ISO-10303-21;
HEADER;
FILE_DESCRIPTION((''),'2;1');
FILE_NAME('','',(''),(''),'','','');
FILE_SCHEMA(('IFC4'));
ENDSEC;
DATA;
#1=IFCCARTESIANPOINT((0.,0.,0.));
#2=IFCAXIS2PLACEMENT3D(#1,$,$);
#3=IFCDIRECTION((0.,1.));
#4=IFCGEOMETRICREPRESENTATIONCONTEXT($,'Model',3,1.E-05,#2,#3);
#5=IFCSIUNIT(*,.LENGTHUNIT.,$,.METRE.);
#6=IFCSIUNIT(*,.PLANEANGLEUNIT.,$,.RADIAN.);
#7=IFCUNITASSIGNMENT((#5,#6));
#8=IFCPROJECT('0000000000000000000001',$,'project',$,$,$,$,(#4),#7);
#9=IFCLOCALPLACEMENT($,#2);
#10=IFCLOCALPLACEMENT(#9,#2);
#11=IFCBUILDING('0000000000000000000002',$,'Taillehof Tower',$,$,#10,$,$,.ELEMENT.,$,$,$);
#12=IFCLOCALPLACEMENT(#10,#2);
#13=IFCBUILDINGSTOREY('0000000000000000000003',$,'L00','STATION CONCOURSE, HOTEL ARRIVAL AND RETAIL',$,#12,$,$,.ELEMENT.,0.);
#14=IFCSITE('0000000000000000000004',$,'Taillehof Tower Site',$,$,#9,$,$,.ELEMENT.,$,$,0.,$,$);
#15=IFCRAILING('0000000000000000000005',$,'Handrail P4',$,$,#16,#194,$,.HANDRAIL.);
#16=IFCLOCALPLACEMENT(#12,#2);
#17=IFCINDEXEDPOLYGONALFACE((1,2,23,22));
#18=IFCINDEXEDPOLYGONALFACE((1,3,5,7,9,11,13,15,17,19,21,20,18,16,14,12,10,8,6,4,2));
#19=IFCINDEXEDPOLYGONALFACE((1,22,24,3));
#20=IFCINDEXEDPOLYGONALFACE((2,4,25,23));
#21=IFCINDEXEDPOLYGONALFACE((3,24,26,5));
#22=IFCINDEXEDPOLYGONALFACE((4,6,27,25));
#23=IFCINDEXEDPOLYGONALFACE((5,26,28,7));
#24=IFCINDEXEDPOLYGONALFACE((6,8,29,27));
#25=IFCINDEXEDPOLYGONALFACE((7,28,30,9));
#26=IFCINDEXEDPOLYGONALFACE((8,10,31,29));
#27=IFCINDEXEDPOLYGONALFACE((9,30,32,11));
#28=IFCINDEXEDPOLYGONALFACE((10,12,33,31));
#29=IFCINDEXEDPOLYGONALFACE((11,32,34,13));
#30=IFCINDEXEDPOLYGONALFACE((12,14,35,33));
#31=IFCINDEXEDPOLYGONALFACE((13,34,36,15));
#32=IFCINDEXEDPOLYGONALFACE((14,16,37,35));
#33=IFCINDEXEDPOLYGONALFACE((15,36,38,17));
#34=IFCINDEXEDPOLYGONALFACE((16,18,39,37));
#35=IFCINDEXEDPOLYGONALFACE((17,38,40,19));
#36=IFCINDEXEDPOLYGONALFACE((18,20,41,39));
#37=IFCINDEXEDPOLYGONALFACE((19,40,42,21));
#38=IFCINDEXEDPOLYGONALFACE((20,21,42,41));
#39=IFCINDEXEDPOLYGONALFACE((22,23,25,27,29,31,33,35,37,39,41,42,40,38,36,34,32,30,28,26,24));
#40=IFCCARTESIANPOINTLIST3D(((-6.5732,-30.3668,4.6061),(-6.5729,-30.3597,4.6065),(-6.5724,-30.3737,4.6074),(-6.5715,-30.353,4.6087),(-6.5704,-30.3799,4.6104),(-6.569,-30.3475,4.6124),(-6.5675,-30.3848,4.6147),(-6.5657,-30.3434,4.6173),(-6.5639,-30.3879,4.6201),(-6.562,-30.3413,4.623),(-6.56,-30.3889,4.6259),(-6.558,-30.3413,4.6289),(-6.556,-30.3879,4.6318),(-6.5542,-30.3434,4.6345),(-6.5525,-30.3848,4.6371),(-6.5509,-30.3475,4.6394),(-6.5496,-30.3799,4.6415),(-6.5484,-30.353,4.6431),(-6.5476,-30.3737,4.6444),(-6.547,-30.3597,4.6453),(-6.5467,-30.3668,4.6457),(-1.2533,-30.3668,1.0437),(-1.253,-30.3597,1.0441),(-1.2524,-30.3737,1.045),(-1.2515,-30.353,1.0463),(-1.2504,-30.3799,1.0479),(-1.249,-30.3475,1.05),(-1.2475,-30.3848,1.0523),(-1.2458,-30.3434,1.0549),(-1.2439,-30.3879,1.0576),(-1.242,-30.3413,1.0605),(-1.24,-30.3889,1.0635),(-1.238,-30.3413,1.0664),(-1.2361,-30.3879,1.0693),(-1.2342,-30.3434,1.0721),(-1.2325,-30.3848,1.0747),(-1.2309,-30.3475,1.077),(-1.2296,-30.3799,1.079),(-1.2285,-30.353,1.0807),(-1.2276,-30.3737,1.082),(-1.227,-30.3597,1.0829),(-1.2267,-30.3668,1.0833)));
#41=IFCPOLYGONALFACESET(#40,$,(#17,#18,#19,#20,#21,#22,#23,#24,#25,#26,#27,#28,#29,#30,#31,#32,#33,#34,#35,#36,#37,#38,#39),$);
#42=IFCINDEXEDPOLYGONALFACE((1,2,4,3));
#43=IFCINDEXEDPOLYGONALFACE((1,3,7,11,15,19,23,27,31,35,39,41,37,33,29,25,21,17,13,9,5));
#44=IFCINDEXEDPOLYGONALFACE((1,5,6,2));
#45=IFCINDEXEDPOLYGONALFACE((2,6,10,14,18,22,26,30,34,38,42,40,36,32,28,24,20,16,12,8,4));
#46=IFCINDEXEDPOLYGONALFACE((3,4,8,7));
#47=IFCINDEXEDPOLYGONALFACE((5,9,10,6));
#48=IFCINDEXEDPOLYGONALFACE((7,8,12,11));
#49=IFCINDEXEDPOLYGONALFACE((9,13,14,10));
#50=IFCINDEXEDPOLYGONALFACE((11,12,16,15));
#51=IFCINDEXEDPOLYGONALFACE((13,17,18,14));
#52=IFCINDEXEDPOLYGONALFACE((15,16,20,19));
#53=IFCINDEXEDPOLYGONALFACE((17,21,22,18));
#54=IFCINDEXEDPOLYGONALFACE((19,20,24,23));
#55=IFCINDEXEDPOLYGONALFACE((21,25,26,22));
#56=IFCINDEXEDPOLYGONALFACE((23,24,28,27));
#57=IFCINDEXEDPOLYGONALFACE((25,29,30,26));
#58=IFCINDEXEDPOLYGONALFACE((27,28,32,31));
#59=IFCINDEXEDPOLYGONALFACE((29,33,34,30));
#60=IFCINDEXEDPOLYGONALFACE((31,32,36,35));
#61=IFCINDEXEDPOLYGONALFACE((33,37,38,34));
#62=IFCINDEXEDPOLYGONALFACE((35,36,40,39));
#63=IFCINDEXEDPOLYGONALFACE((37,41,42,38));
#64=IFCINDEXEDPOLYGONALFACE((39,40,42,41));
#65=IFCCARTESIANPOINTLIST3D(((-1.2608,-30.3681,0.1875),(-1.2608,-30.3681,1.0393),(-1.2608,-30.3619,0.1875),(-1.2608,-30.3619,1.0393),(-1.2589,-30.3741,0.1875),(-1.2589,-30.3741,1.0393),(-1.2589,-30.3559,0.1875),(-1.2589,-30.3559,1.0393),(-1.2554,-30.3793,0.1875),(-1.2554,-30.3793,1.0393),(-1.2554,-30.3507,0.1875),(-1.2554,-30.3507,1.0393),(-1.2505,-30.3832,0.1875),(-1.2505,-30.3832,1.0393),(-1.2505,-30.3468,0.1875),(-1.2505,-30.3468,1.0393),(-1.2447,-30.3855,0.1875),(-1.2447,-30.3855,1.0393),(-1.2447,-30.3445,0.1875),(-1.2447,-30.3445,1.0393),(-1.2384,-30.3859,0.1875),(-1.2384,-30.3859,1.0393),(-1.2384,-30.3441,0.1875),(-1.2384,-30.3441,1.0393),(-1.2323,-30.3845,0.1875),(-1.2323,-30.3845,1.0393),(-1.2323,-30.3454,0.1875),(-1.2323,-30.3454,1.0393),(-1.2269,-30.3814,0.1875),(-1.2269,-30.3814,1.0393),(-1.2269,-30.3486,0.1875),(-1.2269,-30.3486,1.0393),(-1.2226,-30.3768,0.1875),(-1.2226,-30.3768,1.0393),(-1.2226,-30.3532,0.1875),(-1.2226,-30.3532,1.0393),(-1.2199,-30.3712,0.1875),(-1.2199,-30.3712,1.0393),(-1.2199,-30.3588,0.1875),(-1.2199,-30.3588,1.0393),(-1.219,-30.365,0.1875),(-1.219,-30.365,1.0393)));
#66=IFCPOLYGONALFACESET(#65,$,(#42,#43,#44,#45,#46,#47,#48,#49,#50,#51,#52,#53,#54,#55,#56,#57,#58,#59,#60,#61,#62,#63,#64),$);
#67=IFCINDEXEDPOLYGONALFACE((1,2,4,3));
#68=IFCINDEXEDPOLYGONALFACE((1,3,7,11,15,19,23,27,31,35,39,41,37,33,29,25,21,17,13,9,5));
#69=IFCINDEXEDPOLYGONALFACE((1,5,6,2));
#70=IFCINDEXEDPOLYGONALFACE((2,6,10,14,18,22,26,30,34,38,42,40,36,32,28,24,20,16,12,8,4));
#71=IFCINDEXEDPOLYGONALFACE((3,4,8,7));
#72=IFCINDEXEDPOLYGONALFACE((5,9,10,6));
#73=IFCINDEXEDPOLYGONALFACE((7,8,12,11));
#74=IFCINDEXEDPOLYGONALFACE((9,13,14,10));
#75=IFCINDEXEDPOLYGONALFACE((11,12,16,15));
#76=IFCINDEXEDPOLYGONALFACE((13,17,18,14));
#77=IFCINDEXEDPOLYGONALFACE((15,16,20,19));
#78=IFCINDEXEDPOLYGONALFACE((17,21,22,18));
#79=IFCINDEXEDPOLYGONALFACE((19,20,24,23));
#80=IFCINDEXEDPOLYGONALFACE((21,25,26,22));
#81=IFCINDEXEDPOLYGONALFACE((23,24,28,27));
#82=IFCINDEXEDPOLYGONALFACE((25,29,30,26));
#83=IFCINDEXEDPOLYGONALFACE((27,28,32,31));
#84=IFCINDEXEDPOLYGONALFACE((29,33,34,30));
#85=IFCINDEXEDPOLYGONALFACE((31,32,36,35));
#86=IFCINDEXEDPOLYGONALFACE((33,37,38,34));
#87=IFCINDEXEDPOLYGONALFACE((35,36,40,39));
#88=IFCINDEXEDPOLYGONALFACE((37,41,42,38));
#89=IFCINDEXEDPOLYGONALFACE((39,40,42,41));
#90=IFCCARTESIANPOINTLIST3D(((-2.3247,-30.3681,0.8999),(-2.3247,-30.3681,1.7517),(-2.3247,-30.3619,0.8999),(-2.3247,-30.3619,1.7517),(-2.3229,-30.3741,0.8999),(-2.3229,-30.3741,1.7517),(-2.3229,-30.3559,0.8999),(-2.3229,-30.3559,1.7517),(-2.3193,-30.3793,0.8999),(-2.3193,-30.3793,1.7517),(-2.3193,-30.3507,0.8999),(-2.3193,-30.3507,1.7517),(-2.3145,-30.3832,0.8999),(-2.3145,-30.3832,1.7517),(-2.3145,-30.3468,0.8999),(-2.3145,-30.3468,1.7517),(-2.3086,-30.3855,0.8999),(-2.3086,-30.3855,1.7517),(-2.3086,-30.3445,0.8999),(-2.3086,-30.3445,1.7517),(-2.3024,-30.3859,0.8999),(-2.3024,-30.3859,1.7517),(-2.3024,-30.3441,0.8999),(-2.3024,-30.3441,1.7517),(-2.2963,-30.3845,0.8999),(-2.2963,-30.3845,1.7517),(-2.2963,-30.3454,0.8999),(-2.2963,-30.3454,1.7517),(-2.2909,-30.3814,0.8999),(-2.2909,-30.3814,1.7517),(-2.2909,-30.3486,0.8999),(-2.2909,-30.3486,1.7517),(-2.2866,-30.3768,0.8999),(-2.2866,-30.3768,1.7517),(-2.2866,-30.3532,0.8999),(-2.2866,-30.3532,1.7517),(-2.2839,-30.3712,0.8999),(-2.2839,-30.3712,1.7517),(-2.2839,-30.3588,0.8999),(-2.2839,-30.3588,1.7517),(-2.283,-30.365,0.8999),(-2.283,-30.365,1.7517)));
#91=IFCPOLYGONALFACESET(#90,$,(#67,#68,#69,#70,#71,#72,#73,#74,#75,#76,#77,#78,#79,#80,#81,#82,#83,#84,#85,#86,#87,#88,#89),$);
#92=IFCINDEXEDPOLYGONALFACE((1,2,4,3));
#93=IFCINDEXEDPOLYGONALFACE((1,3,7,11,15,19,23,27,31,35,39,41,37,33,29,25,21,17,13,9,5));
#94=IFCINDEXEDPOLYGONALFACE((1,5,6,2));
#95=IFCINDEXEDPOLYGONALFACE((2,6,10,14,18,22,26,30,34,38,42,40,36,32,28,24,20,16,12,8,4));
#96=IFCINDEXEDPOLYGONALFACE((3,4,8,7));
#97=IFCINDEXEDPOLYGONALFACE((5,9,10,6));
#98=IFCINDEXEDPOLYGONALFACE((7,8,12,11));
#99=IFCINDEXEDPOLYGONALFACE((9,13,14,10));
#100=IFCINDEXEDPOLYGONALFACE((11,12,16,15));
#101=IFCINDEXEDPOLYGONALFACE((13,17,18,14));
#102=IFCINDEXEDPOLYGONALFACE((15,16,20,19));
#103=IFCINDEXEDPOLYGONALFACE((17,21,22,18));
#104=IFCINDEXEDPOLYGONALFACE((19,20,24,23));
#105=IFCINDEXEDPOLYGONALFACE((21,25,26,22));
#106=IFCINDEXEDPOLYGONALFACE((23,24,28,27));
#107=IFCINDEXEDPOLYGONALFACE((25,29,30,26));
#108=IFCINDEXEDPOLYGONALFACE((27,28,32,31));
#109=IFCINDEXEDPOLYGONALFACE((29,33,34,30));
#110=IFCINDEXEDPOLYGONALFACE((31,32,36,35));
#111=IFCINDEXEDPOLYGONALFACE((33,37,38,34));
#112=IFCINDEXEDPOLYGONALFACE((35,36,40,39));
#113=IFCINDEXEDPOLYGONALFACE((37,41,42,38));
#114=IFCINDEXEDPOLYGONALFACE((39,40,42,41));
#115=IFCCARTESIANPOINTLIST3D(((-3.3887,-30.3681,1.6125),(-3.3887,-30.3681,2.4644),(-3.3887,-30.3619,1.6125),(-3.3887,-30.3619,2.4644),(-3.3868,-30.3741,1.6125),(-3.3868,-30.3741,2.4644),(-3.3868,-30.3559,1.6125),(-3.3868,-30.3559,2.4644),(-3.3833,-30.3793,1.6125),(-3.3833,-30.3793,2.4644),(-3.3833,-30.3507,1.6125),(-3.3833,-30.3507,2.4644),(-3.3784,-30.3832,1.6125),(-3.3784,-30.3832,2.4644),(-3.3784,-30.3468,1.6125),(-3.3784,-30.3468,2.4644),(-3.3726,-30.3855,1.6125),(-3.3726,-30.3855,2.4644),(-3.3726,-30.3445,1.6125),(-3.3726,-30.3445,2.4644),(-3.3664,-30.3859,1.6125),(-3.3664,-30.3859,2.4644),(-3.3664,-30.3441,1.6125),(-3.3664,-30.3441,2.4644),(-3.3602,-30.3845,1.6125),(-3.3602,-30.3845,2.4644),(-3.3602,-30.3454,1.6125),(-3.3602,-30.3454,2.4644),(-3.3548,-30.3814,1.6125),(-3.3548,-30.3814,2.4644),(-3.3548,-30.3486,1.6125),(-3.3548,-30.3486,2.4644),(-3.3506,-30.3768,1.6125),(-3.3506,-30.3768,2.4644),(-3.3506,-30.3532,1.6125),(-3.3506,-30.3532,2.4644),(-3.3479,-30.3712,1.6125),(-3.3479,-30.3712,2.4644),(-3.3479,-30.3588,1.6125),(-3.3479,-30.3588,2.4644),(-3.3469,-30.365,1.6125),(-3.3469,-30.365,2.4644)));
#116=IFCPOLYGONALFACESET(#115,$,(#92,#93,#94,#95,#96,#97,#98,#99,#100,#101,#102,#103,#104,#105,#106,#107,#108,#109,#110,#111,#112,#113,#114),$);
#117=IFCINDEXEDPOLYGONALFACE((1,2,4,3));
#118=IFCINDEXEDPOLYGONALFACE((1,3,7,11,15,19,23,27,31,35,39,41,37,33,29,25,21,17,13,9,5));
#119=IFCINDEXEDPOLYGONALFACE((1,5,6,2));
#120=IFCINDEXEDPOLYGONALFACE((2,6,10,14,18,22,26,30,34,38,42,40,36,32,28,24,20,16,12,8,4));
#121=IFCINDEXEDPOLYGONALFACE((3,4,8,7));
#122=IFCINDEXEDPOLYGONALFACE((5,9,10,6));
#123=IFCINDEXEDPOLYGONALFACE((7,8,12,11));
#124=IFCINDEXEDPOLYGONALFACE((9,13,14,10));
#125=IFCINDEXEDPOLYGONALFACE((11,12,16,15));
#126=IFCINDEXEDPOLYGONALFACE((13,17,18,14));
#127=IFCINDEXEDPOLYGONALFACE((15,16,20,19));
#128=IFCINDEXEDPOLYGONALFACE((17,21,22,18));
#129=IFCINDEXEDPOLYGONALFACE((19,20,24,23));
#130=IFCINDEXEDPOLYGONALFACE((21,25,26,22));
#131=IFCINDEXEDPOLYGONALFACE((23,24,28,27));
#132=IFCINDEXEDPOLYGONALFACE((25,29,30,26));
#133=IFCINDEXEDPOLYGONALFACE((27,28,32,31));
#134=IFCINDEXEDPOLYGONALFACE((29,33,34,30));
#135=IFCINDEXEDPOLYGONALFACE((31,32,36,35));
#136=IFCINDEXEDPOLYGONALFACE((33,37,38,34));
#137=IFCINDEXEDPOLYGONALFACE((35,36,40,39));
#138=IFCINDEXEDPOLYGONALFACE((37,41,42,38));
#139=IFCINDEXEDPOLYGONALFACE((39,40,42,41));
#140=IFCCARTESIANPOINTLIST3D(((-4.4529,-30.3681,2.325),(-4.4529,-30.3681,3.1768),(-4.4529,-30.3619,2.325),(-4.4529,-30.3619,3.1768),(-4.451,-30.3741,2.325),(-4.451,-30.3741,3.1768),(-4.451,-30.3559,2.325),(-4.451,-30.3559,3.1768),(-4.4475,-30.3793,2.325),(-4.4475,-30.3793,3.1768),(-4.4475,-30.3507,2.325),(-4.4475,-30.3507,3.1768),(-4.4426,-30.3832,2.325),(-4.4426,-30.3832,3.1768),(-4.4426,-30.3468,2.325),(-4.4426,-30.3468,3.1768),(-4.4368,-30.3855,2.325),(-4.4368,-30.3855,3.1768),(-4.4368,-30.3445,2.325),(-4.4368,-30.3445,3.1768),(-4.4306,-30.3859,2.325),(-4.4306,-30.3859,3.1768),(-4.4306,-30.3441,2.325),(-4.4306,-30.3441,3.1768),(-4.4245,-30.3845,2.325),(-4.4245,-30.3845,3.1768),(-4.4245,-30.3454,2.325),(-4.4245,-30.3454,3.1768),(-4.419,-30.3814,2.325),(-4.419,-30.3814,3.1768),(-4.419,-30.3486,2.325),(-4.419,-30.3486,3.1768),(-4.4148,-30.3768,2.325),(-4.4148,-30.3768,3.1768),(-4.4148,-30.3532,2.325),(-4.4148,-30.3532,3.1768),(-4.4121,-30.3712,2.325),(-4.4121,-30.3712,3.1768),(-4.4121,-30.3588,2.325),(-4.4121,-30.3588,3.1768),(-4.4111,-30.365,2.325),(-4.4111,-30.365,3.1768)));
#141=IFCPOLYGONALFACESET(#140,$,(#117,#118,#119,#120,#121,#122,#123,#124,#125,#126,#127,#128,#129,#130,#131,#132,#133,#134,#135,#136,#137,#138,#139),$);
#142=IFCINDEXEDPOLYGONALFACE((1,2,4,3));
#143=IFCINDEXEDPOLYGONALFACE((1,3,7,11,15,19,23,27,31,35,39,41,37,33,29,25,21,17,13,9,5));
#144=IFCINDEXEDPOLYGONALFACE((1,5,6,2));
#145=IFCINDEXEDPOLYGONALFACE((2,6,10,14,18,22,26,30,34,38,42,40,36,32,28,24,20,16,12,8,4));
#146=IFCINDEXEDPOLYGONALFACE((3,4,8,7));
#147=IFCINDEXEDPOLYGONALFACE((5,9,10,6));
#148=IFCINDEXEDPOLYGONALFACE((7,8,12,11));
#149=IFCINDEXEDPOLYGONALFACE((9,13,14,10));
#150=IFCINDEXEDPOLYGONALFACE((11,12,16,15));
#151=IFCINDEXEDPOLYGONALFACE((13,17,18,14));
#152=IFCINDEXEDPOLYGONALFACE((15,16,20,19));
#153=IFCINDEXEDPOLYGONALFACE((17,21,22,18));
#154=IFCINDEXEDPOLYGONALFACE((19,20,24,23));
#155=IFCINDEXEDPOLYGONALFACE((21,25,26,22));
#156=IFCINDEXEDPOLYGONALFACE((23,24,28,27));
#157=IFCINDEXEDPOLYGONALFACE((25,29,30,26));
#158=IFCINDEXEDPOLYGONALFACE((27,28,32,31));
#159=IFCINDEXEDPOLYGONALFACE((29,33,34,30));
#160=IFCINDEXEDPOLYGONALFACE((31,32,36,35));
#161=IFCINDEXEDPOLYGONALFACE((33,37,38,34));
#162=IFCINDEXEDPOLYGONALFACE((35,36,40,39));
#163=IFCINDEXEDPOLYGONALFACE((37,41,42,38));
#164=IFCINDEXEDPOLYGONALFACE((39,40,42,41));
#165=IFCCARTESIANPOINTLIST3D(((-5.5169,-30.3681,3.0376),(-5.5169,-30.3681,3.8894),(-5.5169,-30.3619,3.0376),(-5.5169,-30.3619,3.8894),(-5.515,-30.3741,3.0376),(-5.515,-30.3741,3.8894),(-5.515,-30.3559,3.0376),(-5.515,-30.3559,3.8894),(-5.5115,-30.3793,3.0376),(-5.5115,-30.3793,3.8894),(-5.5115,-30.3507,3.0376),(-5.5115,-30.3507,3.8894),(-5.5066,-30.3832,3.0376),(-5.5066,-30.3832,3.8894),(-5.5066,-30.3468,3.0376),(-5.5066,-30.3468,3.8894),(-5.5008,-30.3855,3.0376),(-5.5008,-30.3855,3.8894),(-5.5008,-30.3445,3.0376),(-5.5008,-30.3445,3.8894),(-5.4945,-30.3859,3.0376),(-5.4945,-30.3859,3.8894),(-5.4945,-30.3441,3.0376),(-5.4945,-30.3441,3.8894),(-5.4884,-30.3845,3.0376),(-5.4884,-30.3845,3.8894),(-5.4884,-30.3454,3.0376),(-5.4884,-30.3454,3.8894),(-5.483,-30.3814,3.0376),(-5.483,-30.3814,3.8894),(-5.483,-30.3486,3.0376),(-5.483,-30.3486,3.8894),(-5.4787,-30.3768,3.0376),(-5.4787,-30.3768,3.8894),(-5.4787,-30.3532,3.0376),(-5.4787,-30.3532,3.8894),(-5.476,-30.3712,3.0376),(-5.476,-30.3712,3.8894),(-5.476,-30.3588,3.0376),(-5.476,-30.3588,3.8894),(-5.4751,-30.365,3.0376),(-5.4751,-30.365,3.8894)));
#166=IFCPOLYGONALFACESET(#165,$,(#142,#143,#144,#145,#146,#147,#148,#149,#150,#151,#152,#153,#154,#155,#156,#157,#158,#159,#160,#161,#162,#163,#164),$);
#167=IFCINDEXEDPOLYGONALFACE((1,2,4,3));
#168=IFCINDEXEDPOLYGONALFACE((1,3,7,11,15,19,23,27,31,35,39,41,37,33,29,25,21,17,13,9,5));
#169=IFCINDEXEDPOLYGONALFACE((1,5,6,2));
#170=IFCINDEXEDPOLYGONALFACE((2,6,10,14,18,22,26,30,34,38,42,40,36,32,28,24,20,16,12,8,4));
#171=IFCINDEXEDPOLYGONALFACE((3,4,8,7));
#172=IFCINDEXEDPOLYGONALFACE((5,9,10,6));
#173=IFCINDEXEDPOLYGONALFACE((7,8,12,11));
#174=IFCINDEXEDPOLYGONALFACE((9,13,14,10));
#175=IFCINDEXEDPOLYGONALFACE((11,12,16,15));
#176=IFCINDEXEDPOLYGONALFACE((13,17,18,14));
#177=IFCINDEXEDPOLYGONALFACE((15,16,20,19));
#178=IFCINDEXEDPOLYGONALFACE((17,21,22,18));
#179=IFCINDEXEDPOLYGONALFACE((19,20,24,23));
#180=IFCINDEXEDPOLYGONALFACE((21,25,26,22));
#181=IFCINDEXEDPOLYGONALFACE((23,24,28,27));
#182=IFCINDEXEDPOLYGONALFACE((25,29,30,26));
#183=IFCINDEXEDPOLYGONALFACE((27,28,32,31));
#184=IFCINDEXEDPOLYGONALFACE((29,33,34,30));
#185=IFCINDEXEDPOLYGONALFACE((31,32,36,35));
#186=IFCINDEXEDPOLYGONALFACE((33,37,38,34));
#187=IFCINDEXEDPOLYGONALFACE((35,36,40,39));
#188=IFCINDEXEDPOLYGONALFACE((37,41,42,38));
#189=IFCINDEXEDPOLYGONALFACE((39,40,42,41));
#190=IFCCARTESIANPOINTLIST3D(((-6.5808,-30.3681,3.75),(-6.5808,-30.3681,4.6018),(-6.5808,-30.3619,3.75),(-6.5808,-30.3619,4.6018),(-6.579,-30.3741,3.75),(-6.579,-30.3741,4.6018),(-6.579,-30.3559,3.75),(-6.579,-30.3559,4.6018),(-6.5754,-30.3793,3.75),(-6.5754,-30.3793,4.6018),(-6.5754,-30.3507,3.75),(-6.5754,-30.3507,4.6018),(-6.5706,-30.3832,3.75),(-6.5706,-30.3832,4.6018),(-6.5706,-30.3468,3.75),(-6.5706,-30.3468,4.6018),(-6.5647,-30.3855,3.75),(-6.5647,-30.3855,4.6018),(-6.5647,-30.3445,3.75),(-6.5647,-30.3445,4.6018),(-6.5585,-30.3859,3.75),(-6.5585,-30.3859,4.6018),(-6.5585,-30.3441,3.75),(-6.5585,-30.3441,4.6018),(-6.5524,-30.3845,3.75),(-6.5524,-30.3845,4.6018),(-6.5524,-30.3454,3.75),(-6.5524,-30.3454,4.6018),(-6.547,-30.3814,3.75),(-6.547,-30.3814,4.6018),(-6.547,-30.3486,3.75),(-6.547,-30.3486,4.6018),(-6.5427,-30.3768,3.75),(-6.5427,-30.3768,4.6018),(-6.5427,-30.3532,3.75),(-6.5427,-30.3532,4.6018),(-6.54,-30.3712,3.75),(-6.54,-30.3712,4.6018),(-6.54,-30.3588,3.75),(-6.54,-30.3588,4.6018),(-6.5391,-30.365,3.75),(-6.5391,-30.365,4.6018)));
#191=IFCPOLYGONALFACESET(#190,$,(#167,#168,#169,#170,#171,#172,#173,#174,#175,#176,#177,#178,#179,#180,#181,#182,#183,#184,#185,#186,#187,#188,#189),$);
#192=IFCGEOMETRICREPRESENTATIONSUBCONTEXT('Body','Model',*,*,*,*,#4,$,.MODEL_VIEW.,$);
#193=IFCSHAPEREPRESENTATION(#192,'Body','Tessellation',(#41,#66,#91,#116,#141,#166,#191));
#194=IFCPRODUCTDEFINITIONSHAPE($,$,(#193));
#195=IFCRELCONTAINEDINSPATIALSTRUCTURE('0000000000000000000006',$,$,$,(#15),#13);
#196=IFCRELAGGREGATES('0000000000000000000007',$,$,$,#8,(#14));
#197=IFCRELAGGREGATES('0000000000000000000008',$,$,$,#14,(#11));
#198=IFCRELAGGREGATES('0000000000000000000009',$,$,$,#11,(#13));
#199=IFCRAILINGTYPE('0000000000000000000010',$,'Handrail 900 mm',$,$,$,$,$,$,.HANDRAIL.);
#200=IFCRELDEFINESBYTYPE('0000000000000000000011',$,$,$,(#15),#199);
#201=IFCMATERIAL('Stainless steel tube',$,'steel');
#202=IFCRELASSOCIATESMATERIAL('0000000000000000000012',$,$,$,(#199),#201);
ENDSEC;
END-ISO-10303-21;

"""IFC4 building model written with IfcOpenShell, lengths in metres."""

from ifc_helpers import new_model, si_unit, direction, frame, origin, origin_2d, place, context, subcontext, project, spatial, circle, extrude, material, type_object, element, save


model = new_model("IFC4")

# Units and contexts
model_context = context("Model", 3, precision=1e-05, world=origin(), true_north=direction((0.0, 1.0)))
body_context = subcontext(model_context, "Body", "Model", "MODEL_VIEW")
ifc_project = project(units=[si_unit("LENGTHUNIT", "METRE"), si_unit("PLANEANGLEUNIT", "RADIAN")], contexts=[model_context])

# Site, building, storey
site_placement = place(None, origin())
site = spatial("IfcSite", under=ifc_project, at=site_placement, Name="Taillehof Tower Site", CompositionType="ELEMENT", RefElevation=0.0)
building_placement = place(site_placement, origin())
building = spatial("IfcBuilding", under=site, at=building_placement, Name="Taillehof Tower", CompositionType="ELEMENT")
storey_placement = place(building_placement, origin())
storey = spatial("IfcBuildingStorey", under=building, at=storey_placement, Name="L00", Description="STATION CONCOURSE, HOTEL ARRIVAL AND RETAIL", CompositionType="ELEMENT", Elevation=0.0)

# Railing
ifc_material_1 = material(Name="Stainless steel tube", Category="steel")
railing_type = type_object("IfcRailingType", Name="Handrail 900 mm", PredefinedType="HANDRAIL", material=ifc_material_1)
for number, where, name in (
    (1, (-1.24, -30.365, 0.1875), "Handrail P4"),
):
    element("IfcRailing", number, at=place(storey_placement, frame(where)), inside=storey, type_object=railing_type, Name=name, PredefinedType="HANDRAIL", context=body_context, shape_type="SweptSolid", body=[
        extrude(circle(Radius=0.0239, at=origin_2d()), frame((0.0, 0.0, 0.876), z_axis=(-0.83091, 0.0, 0.556406), x_axis=(0.0, -1.0, 0.0)), (0.0, 0.0, 1.0), 6.4026),
        extrude(circle(Radius=0.021, at=origin_2d()), origin(), (0.0, 0.0, 1.0), 0.8518),
        extrude(circle(Radius=0.021, at=origin_2d()), frame((-1.064, 0.0, 0.7124)), (0.0, 0.0, 1.0), 0.8518),
        extrude(circle(Radius=0.021, at=origin_2d()), frame((-2.1279, 0.0, 1.425)), (0.0, 0.0, 1.0), 0.8518),
        extrude(circle(Radius=0.021, at=origin_2d()), frame((-3.1921, 0.0, 2.1375)), (0.0, 0.0, 1.0), 0.8518),
        extrude(circle(Radius=0.021, at=origin_2d()), frame((-4.2561, 0.0, 2.8501)), (0.0, 0.0, 1.0), 0.8518),
        extrude(circle(Radius=0.021, at=origin_2d()), frame((-5.3201, 0.0, 3.5625)), (0.0, 0.0, 1.0), 0.8518),
    ])

save(model, "model.ifc")
